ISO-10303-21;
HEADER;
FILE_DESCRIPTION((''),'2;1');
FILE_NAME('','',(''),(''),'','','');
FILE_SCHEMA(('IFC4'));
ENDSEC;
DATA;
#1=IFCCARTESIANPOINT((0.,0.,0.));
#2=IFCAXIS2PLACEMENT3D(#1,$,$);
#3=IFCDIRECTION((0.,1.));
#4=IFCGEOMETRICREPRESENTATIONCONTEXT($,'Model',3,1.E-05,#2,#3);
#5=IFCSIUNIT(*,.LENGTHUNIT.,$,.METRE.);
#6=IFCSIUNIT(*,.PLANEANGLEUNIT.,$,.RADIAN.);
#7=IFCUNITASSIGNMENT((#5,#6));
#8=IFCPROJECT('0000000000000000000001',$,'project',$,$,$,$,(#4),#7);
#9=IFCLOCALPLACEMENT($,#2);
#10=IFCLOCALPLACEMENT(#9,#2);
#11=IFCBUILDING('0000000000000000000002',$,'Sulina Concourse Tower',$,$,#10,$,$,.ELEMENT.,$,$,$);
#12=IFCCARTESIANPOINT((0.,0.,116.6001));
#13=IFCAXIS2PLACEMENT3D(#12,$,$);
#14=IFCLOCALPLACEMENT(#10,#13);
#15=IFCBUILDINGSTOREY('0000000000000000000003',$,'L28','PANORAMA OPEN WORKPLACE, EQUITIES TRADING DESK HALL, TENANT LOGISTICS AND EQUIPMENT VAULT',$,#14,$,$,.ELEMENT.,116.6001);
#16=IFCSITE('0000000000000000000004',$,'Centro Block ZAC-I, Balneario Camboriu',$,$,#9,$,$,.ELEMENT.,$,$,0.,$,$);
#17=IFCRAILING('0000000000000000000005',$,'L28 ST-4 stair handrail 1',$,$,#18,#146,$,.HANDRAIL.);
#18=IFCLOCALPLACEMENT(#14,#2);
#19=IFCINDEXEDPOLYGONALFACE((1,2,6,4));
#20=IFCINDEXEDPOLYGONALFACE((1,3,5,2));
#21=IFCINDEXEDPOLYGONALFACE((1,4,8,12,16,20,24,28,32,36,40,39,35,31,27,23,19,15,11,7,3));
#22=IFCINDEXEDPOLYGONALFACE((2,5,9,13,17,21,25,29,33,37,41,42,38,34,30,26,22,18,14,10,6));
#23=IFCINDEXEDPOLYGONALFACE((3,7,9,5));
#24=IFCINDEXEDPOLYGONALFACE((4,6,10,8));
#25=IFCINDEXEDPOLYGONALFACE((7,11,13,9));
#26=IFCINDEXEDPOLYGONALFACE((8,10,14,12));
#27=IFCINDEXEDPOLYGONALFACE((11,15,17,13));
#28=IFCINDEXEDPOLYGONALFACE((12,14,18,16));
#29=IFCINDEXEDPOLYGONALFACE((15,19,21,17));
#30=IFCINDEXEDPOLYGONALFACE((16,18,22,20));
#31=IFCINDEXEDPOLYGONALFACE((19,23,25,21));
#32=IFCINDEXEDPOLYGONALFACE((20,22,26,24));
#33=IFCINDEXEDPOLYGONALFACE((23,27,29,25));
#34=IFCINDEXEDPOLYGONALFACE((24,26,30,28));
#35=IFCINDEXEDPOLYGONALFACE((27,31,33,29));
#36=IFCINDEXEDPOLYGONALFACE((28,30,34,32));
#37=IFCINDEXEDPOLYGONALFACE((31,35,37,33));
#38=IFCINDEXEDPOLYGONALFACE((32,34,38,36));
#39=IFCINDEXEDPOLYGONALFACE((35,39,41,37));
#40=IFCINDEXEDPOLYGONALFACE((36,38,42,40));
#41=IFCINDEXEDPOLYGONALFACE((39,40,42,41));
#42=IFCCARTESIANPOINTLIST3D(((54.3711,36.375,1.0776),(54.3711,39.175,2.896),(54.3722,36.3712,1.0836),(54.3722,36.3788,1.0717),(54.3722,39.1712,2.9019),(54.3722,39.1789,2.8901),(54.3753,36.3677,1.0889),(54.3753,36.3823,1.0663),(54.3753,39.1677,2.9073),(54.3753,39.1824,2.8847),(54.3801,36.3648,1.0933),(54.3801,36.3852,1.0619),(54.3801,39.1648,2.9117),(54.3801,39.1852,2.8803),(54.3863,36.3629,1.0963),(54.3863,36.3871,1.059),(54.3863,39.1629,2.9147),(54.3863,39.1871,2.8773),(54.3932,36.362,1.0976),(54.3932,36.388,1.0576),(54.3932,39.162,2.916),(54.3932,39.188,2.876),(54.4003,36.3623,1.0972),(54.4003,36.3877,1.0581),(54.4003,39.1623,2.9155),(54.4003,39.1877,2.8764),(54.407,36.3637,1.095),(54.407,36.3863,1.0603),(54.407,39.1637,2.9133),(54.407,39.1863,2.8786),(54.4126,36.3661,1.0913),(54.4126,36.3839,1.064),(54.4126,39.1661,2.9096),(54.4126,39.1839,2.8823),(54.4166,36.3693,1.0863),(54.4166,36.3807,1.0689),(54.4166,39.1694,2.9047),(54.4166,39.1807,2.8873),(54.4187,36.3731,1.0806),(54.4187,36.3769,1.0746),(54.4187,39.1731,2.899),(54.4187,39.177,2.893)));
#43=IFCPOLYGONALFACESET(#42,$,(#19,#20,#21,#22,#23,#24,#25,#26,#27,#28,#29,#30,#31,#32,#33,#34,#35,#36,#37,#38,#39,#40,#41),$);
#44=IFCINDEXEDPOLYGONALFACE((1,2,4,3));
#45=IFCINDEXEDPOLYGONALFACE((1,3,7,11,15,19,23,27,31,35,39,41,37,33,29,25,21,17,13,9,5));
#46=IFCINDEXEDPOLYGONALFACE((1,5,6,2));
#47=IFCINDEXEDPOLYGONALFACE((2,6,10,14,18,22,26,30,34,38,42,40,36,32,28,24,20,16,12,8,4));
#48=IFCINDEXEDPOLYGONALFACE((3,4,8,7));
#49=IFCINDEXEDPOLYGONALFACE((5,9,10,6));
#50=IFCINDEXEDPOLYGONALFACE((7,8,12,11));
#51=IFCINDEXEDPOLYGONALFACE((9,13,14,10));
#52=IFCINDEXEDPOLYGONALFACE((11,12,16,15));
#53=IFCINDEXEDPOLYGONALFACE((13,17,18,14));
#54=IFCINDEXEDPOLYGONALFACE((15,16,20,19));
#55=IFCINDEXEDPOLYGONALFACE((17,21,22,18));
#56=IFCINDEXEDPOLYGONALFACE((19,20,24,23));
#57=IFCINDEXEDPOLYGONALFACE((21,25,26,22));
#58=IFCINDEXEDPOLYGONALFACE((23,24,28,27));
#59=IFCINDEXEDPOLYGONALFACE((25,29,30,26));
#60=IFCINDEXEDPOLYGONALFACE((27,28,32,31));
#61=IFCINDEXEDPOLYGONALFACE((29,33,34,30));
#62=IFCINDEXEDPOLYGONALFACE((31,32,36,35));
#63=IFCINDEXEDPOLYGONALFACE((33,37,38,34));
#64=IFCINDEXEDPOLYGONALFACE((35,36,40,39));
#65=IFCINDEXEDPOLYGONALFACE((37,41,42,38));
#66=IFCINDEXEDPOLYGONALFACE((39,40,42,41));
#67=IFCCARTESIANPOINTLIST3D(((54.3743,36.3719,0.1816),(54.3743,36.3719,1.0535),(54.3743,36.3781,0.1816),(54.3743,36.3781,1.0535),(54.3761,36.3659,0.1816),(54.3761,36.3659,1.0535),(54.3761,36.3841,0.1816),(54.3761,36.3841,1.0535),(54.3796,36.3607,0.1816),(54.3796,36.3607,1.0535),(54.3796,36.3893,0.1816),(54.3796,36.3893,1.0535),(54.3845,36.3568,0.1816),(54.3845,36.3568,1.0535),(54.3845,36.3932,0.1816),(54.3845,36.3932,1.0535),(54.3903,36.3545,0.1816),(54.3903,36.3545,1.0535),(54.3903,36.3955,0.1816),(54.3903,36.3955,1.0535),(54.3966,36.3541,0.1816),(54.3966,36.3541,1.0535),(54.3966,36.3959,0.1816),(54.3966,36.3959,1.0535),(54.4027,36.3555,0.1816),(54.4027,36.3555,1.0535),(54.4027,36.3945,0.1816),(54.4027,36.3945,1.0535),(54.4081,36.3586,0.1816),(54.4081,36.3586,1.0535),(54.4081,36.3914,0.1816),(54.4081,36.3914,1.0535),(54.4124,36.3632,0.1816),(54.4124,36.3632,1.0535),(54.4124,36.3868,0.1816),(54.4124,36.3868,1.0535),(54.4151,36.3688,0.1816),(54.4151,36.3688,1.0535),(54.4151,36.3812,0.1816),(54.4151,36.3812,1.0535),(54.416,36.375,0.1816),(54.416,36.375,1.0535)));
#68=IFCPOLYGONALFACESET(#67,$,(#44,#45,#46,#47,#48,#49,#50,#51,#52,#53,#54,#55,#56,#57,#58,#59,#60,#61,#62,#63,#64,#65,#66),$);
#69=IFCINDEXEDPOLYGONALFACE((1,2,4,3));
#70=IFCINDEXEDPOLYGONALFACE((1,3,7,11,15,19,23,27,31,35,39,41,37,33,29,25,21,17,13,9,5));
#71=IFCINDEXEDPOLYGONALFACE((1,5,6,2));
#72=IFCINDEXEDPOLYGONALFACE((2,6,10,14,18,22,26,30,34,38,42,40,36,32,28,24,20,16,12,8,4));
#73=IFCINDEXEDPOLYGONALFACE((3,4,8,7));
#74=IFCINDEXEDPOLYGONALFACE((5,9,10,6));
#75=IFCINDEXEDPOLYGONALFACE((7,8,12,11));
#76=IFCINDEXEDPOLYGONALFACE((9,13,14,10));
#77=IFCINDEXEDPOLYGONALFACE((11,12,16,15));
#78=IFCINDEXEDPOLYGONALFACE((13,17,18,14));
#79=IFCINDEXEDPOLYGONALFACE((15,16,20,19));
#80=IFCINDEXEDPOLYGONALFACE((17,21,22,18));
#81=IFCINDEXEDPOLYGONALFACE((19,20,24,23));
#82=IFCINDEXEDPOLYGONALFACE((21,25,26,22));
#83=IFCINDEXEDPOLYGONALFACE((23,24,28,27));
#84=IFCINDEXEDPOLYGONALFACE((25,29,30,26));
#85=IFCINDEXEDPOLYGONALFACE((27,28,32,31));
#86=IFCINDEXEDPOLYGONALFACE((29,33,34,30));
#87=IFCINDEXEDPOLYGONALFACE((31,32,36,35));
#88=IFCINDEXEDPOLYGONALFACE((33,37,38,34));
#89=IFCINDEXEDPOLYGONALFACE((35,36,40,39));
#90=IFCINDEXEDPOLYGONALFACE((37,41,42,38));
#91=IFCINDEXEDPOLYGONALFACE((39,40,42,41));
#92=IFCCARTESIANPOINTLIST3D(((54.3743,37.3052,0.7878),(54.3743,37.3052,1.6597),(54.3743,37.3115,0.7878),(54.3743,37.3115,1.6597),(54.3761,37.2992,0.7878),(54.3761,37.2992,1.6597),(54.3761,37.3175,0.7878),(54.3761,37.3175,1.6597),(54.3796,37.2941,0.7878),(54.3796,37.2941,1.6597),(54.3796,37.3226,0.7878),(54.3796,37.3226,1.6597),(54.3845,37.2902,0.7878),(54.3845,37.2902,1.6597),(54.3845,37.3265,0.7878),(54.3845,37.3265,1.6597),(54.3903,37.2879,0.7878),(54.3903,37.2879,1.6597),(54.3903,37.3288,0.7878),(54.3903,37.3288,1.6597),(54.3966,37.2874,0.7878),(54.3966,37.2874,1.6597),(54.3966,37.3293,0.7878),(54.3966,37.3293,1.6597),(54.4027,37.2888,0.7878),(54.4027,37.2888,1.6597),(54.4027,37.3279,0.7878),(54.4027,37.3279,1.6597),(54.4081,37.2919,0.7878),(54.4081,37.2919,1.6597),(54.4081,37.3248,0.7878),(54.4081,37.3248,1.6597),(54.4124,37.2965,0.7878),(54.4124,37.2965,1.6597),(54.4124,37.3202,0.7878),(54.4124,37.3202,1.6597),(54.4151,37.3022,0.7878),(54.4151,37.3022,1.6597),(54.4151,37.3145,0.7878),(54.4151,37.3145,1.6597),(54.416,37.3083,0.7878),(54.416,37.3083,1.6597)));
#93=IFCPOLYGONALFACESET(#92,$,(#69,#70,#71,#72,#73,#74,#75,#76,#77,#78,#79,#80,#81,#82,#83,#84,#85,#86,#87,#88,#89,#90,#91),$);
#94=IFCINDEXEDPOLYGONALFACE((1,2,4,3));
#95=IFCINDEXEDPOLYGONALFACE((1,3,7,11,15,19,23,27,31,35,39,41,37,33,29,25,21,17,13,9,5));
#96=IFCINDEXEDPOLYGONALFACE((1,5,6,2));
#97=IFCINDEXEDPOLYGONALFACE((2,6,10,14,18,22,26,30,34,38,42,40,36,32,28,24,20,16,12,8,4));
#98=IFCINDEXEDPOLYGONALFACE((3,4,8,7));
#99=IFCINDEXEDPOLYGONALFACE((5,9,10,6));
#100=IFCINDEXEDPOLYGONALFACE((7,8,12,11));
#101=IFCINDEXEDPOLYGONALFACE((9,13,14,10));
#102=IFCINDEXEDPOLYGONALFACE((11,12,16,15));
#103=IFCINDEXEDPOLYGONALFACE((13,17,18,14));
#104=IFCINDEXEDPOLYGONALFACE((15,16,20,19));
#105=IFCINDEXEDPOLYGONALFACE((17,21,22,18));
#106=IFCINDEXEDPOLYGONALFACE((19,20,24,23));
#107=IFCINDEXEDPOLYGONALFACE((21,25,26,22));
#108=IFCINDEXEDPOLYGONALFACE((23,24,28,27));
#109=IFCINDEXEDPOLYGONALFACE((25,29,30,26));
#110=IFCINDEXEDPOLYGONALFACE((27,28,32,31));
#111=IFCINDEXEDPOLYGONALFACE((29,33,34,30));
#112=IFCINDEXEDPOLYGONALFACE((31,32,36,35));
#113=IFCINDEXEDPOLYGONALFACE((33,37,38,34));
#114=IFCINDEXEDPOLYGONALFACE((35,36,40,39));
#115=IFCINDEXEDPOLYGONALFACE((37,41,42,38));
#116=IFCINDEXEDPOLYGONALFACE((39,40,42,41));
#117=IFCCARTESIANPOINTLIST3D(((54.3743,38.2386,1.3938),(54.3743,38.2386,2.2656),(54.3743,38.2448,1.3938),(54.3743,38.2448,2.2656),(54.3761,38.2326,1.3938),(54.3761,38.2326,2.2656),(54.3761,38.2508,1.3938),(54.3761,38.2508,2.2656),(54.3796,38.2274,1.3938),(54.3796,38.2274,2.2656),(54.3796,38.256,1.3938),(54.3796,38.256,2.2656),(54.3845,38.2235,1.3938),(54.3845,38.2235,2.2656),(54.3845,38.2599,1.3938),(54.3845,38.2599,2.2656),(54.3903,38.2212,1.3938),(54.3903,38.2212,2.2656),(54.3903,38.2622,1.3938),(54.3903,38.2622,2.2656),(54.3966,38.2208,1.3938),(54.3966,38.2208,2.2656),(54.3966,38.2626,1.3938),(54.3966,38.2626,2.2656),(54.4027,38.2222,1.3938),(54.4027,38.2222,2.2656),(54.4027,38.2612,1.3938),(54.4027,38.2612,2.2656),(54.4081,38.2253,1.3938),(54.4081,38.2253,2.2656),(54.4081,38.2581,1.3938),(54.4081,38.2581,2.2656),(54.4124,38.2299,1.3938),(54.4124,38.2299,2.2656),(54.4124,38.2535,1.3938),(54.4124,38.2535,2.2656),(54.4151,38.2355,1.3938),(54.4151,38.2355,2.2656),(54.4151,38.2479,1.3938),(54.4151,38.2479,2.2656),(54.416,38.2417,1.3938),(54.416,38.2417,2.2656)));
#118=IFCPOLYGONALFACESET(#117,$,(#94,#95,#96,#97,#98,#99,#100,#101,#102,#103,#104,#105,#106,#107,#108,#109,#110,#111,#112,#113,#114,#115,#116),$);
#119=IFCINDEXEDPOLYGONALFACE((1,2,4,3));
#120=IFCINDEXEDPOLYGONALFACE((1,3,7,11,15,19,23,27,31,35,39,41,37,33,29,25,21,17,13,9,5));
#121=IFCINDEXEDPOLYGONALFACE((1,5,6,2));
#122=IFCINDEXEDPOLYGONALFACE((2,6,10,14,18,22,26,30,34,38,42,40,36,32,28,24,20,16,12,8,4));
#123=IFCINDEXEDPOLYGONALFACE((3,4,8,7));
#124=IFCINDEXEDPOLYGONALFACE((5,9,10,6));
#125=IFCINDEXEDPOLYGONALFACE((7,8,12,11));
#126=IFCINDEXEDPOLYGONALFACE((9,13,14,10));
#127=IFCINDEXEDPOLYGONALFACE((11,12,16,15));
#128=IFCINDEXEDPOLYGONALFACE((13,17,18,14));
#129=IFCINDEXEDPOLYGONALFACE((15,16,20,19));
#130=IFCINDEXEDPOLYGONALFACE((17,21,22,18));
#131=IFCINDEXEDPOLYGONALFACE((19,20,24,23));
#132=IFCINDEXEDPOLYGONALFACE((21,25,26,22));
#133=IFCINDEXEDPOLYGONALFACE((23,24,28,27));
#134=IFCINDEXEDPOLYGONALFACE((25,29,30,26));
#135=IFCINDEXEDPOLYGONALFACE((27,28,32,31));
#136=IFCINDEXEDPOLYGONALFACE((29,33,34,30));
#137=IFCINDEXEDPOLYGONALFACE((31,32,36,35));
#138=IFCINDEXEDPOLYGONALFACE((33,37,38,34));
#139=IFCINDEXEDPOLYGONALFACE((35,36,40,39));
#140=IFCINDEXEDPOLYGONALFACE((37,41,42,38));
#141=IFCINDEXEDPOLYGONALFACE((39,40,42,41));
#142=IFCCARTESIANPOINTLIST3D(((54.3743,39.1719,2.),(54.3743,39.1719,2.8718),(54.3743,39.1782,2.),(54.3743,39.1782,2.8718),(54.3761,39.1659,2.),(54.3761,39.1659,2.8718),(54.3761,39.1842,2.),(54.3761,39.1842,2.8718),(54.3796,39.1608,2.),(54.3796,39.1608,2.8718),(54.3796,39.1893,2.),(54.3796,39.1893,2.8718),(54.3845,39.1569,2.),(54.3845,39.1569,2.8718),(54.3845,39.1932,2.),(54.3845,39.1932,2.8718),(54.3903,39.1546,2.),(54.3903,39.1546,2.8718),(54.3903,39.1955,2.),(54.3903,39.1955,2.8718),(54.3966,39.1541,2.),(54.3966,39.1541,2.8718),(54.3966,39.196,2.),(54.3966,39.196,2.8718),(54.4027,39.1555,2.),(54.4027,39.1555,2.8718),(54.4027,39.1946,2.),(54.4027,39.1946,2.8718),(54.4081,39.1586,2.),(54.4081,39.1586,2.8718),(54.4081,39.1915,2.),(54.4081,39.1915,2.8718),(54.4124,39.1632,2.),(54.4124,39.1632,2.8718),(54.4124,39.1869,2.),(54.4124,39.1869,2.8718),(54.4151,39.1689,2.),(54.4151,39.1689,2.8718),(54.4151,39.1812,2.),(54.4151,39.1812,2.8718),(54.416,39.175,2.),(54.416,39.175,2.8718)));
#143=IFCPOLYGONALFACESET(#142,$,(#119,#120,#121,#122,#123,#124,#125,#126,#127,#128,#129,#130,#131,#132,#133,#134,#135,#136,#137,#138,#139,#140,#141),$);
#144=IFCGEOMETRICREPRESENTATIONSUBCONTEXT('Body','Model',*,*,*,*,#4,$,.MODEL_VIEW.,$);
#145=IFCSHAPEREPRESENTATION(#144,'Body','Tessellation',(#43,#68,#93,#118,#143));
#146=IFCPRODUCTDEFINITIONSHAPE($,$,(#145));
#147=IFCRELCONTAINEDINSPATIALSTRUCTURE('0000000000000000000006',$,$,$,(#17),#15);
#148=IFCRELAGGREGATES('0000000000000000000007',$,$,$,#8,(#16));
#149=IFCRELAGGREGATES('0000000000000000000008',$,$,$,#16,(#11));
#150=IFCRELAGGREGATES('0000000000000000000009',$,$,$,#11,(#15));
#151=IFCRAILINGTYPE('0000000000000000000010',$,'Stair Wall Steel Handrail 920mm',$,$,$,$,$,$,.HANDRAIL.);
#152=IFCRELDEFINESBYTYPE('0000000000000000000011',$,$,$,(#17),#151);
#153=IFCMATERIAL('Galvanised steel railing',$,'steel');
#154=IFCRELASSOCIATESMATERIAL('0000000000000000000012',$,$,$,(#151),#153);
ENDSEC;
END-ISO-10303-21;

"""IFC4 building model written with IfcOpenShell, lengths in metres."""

from ifc_helpers import new_model, si_unit, direction, frame, origin, origin_2d, place, context, subcontext, project, spatial, circle, extrude, material, type_object, element, save


model = new_model("IFC4")

# Units and contexts
model_context = context("Model", 3, precision=1e-05, world=origin(), true_north=direction((0.0, 1.0)))
body_context = subcontext(model_context, "Body", "Model", "MODEL_VIEW")
ifc_project = project(units=[si_unit("LENGTHUNIT", "METRE"), si_unit("PLANEANGLEUNIT", "RADIAN")], contexts=[model_context])

# Site, building, storey
site_placement = place(None, origin())
site = spatial("IfcSite", under=ifc_project, at=site_placement, Name="Centro Block ZAC-I, Balneario Camboriu", CompositionType="ELEMENT", RefElevation=0.0)
building_placement = place(site_placement, origin())
building = spatial("IfcBuilding", under=site, at=building_placement, Name="Sulina Concourse Tower", CompositionType="ELEMENT")
storey_placement = place(building_placement, frame((0.0, 0.0, 116.6001)))
storey = spatial("IfcBuildingStorey", under=building, at=storey_placement, Name="L28", Description="PANORAMA OPEN WORKPLACE, EQUITIES TRADING DESK HALL, TENANT LOGISTICS AND EQUIPMENT VAULT", CompositionType="ELEMENT", Elevation=116.6001)

# Railing
ifc_material_1 = material(Name="Galvanised steel railing", Category="steel")
railing_type_1 = type_object("IfcRailingType", Name="Stair Wall Steel Handrail 920mm", PredefinedType="HANDRAIL", material=ifc_material_1)
railing_1_placement = place(storey_placement, frame((54.395, 36.375, 0.1816)))
element("IfcRailing", 1, at=railing_1_placement, inside=storey, type_object=railing_type_1, Name="L28 ST-4 stair handrail 1", PredefinedType="HANDRAIL", context=body_context, shape_type="SweptSolid", body=[
    extrude(circle(Radius=0.0239, at=origin_2d()), frame((0.0, 0.0, 0.896), z_axis=(0.0, 0.838672, 0.544636), x_axis=(-1.0, 0.0, 0.0)), (0.0, 0.0, 1.0), 3.3386),
    extrude(circle(Radius=0.021, at=origin_2d()), origin(), (0.0, 0.0, 1.0), 0.8718),
    extrude(circle(Radius=0.021, at=origin_2d()), frame((0.0, 0.9333, 0.6062)), (0.0, 0.0, 1.0), 0.8718),
    extrude(circle(Radius=0.021, at=origin_2d()), frame((0.0, 1.8667, 1.2122)), (0.0, 0.0, 1.0), 0.8718),
    extrude(circle(Radius=0.021, at=origin_2d()), frame((0.0, 2.8, 1.8184)), (0.0, 0.0, 1.0), 0.8718),
])

save(model, "model.ifc")
